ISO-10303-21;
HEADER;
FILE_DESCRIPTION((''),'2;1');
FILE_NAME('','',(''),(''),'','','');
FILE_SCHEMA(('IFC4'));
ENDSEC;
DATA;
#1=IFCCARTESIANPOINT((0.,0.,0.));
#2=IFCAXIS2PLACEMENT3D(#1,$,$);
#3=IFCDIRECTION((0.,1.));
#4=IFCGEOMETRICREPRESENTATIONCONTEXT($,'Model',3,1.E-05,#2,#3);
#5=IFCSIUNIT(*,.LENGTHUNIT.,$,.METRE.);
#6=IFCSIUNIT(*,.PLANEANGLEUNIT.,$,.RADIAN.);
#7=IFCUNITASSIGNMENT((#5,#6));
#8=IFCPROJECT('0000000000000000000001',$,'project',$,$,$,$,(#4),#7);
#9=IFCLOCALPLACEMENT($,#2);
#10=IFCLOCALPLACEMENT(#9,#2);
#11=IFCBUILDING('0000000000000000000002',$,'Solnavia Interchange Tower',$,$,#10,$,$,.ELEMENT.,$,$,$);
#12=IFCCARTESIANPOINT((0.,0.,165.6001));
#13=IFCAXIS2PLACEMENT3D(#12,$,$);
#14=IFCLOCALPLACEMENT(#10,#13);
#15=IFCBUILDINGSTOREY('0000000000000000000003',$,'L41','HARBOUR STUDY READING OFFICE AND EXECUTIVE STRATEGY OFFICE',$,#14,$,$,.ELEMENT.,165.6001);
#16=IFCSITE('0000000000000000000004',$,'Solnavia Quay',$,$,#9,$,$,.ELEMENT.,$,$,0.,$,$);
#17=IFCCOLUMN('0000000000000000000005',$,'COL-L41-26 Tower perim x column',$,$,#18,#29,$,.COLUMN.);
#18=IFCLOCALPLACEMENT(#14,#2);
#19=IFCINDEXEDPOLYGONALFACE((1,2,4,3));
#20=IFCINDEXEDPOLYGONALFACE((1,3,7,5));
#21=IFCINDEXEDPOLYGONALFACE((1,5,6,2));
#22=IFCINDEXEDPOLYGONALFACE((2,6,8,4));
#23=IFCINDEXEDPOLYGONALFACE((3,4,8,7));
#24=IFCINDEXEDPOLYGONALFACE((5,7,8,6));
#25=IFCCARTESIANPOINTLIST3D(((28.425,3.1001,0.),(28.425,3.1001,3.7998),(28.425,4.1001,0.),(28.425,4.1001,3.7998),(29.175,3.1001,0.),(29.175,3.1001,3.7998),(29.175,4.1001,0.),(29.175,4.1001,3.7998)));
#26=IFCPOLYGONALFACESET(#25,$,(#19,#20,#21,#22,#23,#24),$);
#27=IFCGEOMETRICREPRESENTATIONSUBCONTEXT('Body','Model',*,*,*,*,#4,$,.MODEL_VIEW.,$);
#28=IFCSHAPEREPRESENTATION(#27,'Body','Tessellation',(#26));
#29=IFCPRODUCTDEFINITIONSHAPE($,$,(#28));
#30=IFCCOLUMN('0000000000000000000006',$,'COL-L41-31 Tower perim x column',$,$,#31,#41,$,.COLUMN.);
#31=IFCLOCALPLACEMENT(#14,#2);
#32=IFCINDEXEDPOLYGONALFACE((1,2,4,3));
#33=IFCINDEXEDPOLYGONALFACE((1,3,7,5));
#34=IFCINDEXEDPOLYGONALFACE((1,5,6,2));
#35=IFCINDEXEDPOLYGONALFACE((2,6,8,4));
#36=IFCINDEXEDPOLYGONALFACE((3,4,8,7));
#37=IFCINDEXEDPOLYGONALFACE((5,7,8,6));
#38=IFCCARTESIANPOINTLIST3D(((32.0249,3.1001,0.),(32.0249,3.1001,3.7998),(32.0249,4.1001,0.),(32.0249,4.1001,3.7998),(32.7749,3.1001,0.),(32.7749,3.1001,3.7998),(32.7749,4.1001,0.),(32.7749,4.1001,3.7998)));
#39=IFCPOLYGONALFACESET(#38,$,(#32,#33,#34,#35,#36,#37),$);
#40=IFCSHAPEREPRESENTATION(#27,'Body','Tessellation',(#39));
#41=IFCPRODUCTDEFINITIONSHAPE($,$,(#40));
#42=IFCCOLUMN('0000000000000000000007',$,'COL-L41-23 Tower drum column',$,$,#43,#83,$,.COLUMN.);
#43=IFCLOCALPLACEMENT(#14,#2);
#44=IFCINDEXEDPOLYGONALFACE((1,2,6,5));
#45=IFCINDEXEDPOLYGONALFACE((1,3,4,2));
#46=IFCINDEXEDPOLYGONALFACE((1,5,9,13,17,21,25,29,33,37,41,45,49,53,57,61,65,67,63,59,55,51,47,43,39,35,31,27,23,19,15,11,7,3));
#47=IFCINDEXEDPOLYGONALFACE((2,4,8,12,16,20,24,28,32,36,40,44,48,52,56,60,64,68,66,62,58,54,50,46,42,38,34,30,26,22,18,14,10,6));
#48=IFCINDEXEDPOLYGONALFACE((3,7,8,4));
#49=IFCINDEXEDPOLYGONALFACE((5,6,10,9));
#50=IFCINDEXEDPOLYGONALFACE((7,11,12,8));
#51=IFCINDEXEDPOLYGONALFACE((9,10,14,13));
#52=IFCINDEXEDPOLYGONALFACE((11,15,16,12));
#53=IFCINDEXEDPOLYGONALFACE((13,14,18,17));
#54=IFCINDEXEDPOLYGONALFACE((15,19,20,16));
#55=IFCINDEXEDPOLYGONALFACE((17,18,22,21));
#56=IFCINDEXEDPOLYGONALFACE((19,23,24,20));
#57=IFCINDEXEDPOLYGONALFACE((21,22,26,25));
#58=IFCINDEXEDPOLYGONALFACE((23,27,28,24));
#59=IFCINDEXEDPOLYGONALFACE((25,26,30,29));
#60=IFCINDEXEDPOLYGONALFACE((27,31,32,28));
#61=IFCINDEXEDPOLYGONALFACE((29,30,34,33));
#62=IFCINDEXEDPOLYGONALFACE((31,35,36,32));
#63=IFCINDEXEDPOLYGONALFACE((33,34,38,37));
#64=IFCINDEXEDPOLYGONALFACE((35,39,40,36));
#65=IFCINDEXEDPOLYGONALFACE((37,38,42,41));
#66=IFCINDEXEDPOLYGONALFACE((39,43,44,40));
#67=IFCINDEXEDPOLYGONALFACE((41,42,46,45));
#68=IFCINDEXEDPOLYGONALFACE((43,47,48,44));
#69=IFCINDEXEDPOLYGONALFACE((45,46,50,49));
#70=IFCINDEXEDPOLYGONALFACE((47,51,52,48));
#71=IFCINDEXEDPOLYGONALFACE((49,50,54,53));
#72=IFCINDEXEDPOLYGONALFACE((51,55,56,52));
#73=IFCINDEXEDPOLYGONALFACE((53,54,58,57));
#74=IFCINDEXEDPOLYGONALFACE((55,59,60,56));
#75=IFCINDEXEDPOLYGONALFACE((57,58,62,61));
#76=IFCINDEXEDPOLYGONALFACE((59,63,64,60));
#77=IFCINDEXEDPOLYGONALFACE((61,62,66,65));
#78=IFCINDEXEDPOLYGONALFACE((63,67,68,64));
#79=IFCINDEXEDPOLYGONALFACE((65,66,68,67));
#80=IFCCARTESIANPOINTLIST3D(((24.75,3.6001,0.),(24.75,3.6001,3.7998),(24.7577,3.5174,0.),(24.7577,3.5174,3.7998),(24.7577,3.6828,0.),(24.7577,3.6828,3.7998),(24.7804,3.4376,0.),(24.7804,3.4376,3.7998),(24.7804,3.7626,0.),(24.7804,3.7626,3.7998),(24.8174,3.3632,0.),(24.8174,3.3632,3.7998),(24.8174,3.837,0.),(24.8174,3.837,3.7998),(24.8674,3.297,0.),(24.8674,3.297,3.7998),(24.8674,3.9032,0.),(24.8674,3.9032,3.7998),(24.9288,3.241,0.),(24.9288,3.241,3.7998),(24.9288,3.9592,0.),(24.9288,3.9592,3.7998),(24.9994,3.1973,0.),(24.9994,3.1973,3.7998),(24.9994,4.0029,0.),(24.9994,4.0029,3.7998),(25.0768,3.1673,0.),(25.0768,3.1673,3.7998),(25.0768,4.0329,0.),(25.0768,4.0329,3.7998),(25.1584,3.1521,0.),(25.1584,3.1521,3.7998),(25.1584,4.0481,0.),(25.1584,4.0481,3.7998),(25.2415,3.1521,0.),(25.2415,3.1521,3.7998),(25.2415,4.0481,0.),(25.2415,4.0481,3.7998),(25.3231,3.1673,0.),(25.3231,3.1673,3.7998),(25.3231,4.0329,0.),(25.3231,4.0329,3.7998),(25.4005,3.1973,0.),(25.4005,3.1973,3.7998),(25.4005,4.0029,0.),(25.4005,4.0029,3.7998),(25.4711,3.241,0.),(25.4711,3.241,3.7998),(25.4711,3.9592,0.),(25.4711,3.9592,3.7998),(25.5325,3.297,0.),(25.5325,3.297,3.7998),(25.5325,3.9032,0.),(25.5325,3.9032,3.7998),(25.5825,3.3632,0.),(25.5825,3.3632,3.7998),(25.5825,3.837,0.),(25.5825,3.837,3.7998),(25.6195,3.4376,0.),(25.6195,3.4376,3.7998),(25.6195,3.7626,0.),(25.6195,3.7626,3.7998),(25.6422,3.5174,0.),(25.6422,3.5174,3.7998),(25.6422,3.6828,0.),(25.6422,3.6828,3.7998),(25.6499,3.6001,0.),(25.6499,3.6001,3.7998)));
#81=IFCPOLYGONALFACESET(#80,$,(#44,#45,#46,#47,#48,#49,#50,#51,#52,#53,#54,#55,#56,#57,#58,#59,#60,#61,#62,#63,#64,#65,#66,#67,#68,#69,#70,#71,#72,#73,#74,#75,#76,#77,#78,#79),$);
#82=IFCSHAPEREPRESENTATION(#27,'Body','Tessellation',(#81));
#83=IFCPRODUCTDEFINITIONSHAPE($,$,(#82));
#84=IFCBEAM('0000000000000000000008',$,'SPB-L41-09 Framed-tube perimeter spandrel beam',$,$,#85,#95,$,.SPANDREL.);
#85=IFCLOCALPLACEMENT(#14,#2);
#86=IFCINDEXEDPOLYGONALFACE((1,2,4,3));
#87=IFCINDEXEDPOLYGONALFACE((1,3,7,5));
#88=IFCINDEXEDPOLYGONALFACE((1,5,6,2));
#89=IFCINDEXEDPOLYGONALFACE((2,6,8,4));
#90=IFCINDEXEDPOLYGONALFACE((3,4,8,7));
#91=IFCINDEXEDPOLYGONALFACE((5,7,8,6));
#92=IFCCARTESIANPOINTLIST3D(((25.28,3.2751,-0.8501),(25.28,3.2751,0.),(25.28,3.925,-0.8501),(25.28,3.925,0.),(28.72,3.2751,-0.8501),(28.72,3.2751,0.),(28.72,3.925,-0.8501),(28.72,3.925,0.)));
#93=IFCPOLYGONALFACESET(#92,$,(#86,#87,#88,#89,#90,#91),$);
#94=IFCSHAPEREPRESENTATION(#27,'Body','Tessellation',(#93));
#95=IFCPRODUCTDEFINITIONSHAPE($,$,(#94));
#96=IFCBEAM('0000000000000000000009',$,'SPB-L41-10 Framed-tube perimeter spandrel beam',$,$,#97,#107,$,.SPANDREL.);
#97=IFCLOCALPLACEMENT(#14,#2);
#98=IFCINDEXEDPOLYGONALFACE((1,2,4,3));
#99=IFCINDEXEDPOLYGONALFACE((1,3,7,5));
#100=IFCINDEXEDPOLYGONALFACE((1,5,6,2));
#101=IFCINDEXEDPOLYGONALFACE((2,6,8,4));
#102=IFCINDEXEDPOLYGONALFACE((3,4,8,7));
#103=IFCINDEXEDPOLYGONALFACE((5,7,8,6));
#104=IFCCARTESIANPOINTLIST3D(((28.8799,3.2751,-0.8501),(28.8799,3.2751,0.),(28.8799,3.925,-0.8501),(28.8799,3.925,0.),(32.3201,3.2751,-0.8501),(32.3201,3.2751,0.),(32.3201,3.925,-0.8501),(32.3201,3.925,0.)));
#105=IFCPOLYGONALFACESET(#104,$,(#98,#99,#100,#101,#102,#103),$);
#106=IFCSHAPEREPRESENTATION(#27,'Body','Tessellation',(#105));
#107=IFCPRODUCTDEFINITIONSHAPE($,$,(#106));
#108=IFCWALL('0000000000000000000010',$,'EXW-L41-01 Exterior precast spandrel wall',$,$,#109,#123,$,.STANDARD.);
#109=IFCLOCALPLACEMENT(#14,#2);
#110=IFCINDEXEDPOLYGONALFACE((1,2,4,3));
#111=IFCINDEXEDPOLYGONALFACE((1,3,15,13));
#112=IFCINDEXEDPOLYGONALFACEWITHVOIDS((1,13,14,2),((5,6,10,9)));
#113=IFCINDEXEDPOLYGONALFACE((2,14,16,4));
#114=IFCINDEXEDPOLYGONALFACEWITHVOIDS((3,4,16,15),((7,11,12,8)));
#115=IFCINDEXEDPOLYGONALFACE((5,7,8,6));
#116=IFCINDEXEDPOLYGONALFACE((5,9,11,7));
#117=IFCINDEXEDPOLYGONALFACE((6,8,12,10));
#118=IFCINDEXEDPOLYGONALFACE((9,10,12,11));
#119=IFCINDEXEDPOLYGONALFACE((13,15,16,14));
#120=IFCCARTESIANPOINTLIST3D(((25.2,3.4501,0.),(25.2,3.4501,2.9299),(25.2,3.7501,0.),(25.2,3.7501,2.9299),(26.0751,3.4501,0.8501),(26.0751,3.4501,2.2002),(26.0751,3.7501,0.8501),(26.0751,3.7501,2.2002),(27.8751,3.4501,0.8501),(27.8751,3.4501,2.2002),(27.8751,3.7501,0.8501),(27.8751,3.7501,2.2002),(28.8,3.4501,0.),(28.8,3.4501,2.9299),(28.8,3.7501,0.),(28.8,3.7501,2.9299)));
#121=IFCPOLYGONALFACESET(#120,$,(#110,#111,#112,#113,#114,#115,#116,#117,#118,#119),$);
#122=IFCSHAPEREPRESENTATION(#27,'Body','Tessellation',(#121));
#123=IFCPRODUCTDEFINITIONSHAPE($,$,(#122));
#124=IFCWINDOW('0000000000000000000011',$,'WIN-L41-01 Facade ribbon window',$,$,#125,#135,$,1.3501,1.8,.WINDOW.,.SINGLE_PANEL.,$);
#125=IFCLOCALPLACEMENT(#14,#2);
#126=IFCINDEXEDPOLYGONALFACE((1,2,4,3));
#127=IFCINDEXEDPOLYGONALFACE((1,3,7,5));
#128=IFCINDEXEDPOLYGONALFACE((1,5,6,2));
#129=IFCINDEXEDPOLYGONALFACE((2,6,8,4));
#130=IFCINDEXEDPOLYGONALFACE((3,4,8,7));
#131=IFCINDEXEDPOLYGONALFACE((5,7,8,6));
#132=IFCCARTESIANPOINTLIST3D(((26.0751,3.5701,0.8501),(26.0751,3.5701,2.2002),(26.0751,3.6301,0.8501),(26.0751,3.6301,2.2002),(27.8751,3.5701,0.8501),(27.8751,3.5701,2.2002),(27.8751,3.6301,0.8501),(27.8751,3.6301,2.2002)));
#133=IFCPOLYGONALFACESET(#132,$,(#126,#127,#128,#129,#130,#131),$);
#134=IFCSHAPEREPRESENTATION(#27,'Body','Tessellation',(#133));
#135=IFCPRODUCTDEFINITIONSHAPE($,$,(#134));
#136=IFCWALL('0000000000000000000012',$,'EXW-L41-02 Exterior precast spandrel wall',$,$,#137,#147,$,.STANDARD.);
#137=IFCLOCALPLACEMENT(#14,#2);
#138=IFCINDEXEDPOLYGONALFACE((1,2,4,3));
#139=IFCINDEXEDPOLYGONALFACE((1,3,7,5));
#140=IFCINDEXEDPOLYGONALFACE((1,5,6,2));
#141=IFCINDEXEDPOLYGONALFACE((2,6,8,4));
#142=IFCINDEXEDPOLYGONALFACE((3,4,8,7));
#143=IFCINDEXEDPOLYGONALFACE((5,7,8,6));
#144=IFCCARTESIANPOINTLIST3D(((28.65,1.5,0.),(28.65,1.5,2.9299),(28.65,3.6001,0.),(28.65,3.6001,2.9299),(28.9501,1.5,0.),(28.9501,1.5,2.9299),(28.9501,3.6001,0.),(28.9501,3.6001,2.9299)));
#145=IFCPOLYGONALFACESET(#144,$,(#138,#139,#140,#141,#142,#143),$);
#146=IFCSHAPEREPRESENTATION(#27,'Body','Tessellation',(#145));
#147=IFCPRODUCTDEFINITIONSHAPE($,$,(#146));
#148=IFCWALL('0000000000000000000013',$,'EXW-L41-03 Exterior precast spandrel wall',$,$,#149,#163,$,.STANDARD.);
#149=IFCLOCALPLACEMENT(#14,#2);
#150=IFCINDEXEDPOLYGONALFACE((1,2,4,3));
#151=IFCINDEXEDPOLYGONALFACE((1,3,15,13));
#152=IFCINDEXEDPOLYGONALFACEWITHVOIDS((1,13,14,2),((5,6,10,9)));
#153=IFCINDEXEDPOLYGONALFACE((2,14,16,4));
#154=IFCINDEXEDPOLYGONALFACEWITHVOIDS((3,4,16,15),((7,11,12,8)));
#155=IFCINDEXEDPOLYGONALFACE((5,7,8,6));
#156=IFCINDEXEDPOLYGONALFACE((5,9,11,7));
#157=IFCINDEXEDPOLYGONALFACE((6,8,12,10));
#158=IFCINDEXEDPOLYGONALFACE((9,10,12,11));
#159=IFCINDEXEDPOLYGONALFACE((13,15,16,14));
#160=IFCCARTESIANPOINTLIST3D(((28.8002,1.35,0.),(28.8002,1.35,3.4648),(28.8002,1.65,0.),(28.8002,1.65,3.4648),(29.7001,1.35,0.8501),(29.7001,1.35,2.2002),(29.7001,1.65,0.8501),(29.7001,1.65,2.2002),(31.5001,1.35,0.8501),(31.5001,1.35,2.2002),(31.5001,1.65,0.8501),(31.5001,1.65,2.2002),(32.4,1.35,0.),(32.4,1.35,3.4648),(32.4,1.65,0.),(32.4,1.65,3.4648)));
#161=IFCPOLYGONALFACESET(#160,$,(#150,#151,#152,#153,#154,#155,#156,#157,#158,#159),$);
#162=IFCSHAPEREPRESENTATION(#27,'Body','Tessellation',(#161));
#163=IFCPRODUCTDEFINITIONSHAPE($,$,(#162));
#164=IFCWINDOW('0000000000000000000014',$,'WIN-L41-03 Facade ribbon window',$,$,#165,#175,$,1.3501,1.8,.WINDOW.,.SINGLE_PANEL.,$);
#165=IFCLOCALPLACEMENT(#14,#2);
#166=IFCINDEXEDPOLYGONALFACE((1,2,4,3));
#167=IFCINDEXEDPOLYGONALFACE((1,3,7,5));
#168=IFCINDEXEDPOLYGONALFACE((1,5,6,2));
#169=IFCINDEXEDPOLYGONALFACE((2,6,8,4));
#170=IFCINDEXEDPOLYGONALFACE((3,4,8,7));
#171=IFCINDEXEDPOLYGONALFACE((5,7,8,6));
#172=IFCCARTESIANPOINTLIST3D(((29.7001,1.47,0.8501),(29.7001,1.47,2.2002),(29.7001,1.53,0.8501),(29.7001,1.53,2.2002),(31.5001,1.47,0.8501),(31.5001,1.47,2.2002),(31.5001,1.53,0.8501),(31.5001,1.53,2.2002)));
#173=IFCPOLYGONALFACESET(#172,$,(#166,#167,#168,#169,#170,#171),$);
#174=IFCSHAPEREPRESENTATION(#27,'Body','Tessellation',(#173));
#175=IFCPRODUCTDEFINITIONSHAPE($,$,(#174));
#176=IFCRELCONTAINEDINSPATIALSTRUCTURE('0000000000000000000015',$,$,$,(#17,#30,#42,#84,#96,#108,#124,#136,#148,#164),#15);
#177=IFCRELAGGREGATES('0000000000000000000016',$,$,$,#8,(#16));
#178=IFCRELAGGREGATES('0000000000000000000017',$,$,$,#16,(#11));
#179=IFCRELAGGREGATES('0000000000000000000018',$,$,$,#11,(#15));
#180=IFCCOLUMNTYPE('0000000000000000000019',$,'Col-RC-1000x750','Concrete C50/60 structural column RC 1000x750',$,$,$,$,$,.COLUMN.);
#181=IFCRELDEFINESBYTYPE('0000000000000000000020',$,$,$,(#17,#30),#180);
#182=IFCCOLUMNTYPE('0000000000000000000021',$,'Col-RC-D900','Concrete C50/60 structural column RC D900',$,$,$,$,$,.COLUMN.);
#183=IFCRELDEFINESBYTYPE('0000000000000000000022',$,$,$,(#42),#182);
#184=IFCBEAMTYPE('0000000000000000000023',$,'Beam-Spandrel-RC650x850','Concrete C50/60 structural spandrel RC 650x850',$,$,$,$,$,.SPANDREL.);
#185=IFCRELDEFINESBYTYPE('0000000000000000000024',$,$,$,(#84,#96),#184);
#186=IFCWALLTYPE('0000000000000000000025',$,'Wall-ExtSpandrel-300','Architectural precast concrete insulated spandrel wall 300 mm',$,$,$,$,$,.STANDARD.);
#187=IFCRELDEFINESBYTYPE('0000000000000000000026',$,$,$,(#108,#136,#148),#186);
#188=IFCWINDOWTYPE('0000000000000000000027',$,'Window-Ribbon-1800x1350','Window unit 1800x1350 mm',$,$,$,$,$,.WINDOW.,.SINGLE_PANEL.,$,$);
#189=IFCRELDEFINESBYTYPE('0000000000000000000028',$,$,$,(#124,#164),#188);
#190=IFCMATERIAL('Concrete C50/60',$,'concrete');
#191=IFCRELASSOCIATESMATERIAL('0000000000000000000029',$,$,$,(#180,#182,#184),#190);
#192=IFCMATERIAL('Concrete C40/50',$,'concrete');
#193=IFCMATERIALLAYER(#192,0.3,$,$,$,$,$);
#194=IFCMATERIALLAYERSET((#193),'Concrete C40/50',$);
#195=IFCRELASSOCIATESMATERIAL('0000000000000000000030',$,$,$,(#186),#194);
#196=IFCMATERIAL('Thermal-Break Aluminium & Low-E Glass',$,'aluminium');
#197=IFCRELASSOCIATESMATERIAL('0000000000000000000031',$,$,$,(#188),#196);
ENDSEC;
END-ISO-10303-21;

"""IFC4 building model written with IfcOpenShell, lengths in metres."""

from ifc_helpers import new_model, si_unit, direction, frame, frame_2d, origin, origin_2d, place, context, subcontext, project, spatial, rectangle, circle, extrude, material, layer, layer_set, material_profile, profile_set, type_object, element, fill, save


model = new_model("IFC4")

# Units and contexts
model_context = context("Model", 3, precision=1e-05, world=origin(), true_north=direction((0.0, 1.0)))
body_context = subcontext(model_context, "Body", "Model", "MODEL_VIEW")
ifc_project = project(units=[si_unit("LENGTHUNIT", "METRE"), si_unit("PLANEANGLEUNIT", "RADIAN")], contexts=[model_context])

# Site, building, storey
site_placement = place(None, origin())
site = spatial("IfcSite", under=ifc_project, at=site_placement, Name="Solnavia Quay", CompositionType="ELEMENT", RefElevation=0.0)
building_placement = place(site_placement, origin())
building = spatial("IfcBuilding", under=site, at=building_placement, Name="Solnavia Interchange Tower", CompositionType="ELEMENT")
storey_placement = place(building_placement, frame((0.0, 0.0, 165.6001)))
storey = spatial("IfcBuildingStorey", under=building, at=storey_placement, Name="L41", Description="HARBOUR STUDY READING OFFICE AND EXECUTIVE STRATEGY OFFICE", CompositionType="ELEMENT", Elevation=165.6001)

# Columns
ifc_material_1 = material(Name="Concrete C50/60", Category="concrete")
ifc_material_profile_1 = material_profile(ifc_material_1, rectangle(XDim=0.75, YDim=1.0, at=origin_2d()), Name="RC 1000x750")
ifc_profile_set_1 = profile_set([ifc_material_profile_1], Name="Concrete C50/60")
column_type_1 = type_object("IfcColumnType", Name="Col-RC-1000x750", Description="Concrete C50/60 structural column RC 1000x750", PredefinedType="COLUMN", material=ifc_profile_set_1)
for number, where, z_axis, x_axis, name in (
    (1, (28.8, 3.6001, 0.0), (0.0, 0.0, 1.0), (1.0, 0.0, 0.0), "COL-L41-26 Tower perim x column"),
    (2, (32.3999, 3.6001, 0.0), (0.0, 0.0, 1.0), (1.0, 0.0, 0.0), "COL-L41-31 Tower perim x column"),
):
    element("IfcColumn", number, at=place(storey_placement, frame(where, z_axis=z_axis, x_axis=x_axis)), inside=storey, type_object=column_type_1, Name=name, PredefinedType="COLUMN", context=body_context, shape_type="SweptSolid", body=[
        extrude(rectangle(XDim=0.75, YDim=1.0, at=origin_2d()), origin(), (0.0, 0.0, 1.0), 3.7998),
    ])
ifc_material_profile_2 = material_profile(ifc_material_1, circle(Radius=0.45, at=origin_2d()), Name="RC D900")
ifc_profile_set_2 = profile_set([ifc_material_profile_2], Name="Concrete C50/60")
column_type_2 = type_object("IfcColumnType", Name="Col-RC-D900", Description="Concrete C50/60 structural column RC D900", PredefinedType="COLUMN", material=ifc_profile_set_2)
column_placement = place(storey_placement, frame((25.2, 3.6001, 0.0), z_axis=(0.0, 0.0, 1.0), x_axis=(1.0, 0.0, 0.0)))
element("IfcColumn", 3, at=column_placement, inside=storey, type_object=column_type_2, Name="COL-L41-23 Tower drum column", PredefinedType="COLUMN", context=body_context, shape_type="SweptSolid", body=[
    extrude(circle(Radius=0.45, at=origin_2d()), origin(), (0.0, 0.0, 1.0), 3.7998),
])

# Beams
ifc_material_profile_3 = material_profile(ifc_material_1, rectangle(XDim=0.6499, YDim=0.8501, at=origin_2d()), Name="RC 650x850")
ifc_profile_set_3 = profile_set([ifc_material_profile_3], Name="Concrete C50/60")
beam_type = type_object("IfcBeamType", Name="Beam-Spandrel-RC650x850", Description="Concrete C50/60 structural spandrel RC 650x850", PredefinedType="SPANDREL", material=ifc_profile_set_3)
beam_1_placement = place(storey_placement, frame((25.28, 3.6001, -0.425), z_axis=(1.0, 0.0, 0.0), x_axis=(0.0, 1.0, 0.0)))
element("IfcBeam", 4, at=beam_1_placement, inside=storey, type_object=beam_type, Name="SPB-L41-09 Framed-tube perimeter spandrel beam", PredefinedType="SPANDREL", context=body_context, shape_type="SweptSolid", body=[
    extrude(rectangle(XDim=0.6499, YDim=0.8501, at=origin_2d()), origin(), (0.0, 0.0, 1.0), 3.4399),
])
beam_2_placement = place(storey_placement, frame((28.8799, 3.6001, -0.425), z_axis=(1.0, 0.0, 0.0), x_axis=(0.0, 1.0, 0.0)))
element("IfcBeam", 5, at=beam_2_placement, inside=storey, type_object=beam_type, Name="SPB-L41-10 Framed-tube perimeter spandrel beam", PredefinedType="SPANDREL", context=body_context, shape_type="SweptSolid", body=[
    extrude(rectangle(XDim=0.6499, YDim=0.8501, at=origin_2d()), origin(), (0.0, 0.0, 1.0), 3.4402),
])

# Wall, opening, window
ifc_material_2 = material(Name="Concrete C40/50", Category="concrete")
ifc_layer_1 = layer(ifc_material_2, 0.3)
ifc_layer_set_1 = layer_set([ifc_layer_1], Name="Concrete C40/50")
wall_type_1 = type_object("IfcWallType", Name="Wall-ExtSpandrel-300", Description="Architectural precast concrete insulated spandrel wall 300 mm", PredefinedType="STANDARD", material=ifc_layer_set_1)
wall_1_placement = place(storey_placement, frame((28.8, 3.6001, 0.0), z_axis=(0.0, 0.0, 1.0), x_axis=(-1.0, 0.0, 0.0)))
wall_1 = element("IfcWall", 6, at=wall_1_placement, inside=storey, type_object=wall_type_1, Name="EXW-L41-01 Exterior precast spandrel wall", PredefinedType="STANDARD", context=body_context, shape_type="SweptSolid", body=[
    extrude(rectangle(XDim=3.6001, YDim=0.3, at=frame_2d((1.8, 0.0))), origin(), (0.0, 0.0, 1.0), 2.9299),
])
opening_1_placement = place(wall_1_placement, frame((0.925, 0.0, 0.8501)))
opening_1 = element("IfcOpeningElement", 7, at=opening_1_placement, cuts=wall_1, PredefinedType="OPENING", context=body_context, shape_type="SweptSolid", body=[
    extrude(rectangle(XDim=1.8, YDim=1.3501, at=frame_2d((0.8999, 0.675))), frame((0.0, 0.1602, 0.0), z_axis=(0.0, -1.0, 0.0), x_axis=(1.0, 0.0, 0.0)), (0.0, 0.0, 1.0), 0.3201),
])
ifc_material_3 = material(Name="Thermal-Break Aluminium & Low-E Glass", Category="aluminium")
window_type_1 = type_object("IfcWindowType", Name="Window-Ribbon-1800x1350", Description="Window unit 1800x1350 mm", PartitioningType="SINGLE_PANEL", PredefinedType="WINDOW", material=ifc_material_3)
window_1_placement = place(opening_1_placement, origin())
window_1 = element("IfcWindow", 8, at=window_1_placement, inside=storey, type_object=window_type_1, Name="WIN-L41-01 Facade ribbon window", OverallHeight=1.3501, OverallWidth=1.8, PartitioningType="SINGLE_PANEL", PredefinedType="WINDOW", context=body_context, shape_type="SweptSolid", body=[
    extrude(rectangle(XDim=1.8, YDim=1.3501, at=frame_2d((0.8999, 0.675))), frame((0.0, 0.03, 0.0), z_axis=(0.0, -1.0, 0.0), x_axis=(1.0, 0.0, 0.0)), (0.0, 0.0, 1.0), 0.0601),
])
fill(opening_1, window_1)

# Wall
wall_2_placement = place(storey_placement, frame((28.8, 3.6001, 0.0), z_axis=(0.0, 0.0, 1.0), x_axis=(0.0, -1.0, 0.0)))
element("IfcWall", 9, at=wall_2_placement, inside=storey, type_object=wall_type_1, Name="EXW-L41-02 Exterior precast spandrel wall", PredefinedType="STANDARD", context=body_context, shape_type="SweptSolid", body=[
    extrude(rectangle(XDim=2.1001, YDim=0.3, at=frame_2d((1.05, 0.0))), origin(), (0.0, 0.0, 1.0), 2.9299),
])

# Wall, opening, window
wall_3_placement = place(storey_placement, frame((32.3999, 1.5, 0.0), z_axis=(0.0, 0.0, 1.0), x_axis=(-1.0, 0.0, 0.0)))
wall_3 = element("IfcWall", 10, at=wall_3_placement, inside=storey, type_object=wall_type_1, Name="EXW-L41-03 Exterior precast spandrel wall", PredefinedType="STANDARD", context=body_context, shape_type="SweptSolid", body=[
    extrude(rectangle(XDim=3.5999, YDim=0.3, at=frame_2d((1.7998, 0.0))), origin(), (0.0, 0.0, 1.0), 3.4648),
])
opening_2_placement = place(wall_3_placement, frame((0.8999, 0.0, 0.8501)))
opening_2 = element("IfcOpeningElement", 11, at=opening_2_placement, cuts=wall_3, PredefinedType="OPENING", context=body_context, shape_type="SweptSolid", body=[
    extrude(rectangle(XDim=1.8, YDim=1.3501, at=frame_2d((0.8999, 0.675))), frame((0.0, 0.1602, 0.0), z_axis=(0.0, -1.0, 0.0), x_axis=(1.0, 0.0, 0.0)), (0.0, 0.0, 1.0), 0.3201),
])
window_2_placement = place(opening_2_placement, origin())
window_2 = element("IfcWindow", 12, at=window_2_placement, inside=storey, type_object=window_type_1, Name="WIN-L41-03 Facade ribbon window", OverallHeight=1.3501, OverallWidth=1.8, PartitioningType="SINGLE_PANEL", PredefinedType="WINDOW", context=body_context, shape_type="SweptSolid", body=[
    extrude(rectangle(XDim=1.8, YDim=1.3501, at=frame_2d((0.8999, 0.675))), frame((0.0, 0.03, 0.0), z_axis=(0.0, -1.0, 0.0), x_axis=(1.0, 0.0, 0.0)), (0.0, 0.0, 1.0), 0.0601),
])
fill(opening_2, window_2)

save(model, "model.ifc")
